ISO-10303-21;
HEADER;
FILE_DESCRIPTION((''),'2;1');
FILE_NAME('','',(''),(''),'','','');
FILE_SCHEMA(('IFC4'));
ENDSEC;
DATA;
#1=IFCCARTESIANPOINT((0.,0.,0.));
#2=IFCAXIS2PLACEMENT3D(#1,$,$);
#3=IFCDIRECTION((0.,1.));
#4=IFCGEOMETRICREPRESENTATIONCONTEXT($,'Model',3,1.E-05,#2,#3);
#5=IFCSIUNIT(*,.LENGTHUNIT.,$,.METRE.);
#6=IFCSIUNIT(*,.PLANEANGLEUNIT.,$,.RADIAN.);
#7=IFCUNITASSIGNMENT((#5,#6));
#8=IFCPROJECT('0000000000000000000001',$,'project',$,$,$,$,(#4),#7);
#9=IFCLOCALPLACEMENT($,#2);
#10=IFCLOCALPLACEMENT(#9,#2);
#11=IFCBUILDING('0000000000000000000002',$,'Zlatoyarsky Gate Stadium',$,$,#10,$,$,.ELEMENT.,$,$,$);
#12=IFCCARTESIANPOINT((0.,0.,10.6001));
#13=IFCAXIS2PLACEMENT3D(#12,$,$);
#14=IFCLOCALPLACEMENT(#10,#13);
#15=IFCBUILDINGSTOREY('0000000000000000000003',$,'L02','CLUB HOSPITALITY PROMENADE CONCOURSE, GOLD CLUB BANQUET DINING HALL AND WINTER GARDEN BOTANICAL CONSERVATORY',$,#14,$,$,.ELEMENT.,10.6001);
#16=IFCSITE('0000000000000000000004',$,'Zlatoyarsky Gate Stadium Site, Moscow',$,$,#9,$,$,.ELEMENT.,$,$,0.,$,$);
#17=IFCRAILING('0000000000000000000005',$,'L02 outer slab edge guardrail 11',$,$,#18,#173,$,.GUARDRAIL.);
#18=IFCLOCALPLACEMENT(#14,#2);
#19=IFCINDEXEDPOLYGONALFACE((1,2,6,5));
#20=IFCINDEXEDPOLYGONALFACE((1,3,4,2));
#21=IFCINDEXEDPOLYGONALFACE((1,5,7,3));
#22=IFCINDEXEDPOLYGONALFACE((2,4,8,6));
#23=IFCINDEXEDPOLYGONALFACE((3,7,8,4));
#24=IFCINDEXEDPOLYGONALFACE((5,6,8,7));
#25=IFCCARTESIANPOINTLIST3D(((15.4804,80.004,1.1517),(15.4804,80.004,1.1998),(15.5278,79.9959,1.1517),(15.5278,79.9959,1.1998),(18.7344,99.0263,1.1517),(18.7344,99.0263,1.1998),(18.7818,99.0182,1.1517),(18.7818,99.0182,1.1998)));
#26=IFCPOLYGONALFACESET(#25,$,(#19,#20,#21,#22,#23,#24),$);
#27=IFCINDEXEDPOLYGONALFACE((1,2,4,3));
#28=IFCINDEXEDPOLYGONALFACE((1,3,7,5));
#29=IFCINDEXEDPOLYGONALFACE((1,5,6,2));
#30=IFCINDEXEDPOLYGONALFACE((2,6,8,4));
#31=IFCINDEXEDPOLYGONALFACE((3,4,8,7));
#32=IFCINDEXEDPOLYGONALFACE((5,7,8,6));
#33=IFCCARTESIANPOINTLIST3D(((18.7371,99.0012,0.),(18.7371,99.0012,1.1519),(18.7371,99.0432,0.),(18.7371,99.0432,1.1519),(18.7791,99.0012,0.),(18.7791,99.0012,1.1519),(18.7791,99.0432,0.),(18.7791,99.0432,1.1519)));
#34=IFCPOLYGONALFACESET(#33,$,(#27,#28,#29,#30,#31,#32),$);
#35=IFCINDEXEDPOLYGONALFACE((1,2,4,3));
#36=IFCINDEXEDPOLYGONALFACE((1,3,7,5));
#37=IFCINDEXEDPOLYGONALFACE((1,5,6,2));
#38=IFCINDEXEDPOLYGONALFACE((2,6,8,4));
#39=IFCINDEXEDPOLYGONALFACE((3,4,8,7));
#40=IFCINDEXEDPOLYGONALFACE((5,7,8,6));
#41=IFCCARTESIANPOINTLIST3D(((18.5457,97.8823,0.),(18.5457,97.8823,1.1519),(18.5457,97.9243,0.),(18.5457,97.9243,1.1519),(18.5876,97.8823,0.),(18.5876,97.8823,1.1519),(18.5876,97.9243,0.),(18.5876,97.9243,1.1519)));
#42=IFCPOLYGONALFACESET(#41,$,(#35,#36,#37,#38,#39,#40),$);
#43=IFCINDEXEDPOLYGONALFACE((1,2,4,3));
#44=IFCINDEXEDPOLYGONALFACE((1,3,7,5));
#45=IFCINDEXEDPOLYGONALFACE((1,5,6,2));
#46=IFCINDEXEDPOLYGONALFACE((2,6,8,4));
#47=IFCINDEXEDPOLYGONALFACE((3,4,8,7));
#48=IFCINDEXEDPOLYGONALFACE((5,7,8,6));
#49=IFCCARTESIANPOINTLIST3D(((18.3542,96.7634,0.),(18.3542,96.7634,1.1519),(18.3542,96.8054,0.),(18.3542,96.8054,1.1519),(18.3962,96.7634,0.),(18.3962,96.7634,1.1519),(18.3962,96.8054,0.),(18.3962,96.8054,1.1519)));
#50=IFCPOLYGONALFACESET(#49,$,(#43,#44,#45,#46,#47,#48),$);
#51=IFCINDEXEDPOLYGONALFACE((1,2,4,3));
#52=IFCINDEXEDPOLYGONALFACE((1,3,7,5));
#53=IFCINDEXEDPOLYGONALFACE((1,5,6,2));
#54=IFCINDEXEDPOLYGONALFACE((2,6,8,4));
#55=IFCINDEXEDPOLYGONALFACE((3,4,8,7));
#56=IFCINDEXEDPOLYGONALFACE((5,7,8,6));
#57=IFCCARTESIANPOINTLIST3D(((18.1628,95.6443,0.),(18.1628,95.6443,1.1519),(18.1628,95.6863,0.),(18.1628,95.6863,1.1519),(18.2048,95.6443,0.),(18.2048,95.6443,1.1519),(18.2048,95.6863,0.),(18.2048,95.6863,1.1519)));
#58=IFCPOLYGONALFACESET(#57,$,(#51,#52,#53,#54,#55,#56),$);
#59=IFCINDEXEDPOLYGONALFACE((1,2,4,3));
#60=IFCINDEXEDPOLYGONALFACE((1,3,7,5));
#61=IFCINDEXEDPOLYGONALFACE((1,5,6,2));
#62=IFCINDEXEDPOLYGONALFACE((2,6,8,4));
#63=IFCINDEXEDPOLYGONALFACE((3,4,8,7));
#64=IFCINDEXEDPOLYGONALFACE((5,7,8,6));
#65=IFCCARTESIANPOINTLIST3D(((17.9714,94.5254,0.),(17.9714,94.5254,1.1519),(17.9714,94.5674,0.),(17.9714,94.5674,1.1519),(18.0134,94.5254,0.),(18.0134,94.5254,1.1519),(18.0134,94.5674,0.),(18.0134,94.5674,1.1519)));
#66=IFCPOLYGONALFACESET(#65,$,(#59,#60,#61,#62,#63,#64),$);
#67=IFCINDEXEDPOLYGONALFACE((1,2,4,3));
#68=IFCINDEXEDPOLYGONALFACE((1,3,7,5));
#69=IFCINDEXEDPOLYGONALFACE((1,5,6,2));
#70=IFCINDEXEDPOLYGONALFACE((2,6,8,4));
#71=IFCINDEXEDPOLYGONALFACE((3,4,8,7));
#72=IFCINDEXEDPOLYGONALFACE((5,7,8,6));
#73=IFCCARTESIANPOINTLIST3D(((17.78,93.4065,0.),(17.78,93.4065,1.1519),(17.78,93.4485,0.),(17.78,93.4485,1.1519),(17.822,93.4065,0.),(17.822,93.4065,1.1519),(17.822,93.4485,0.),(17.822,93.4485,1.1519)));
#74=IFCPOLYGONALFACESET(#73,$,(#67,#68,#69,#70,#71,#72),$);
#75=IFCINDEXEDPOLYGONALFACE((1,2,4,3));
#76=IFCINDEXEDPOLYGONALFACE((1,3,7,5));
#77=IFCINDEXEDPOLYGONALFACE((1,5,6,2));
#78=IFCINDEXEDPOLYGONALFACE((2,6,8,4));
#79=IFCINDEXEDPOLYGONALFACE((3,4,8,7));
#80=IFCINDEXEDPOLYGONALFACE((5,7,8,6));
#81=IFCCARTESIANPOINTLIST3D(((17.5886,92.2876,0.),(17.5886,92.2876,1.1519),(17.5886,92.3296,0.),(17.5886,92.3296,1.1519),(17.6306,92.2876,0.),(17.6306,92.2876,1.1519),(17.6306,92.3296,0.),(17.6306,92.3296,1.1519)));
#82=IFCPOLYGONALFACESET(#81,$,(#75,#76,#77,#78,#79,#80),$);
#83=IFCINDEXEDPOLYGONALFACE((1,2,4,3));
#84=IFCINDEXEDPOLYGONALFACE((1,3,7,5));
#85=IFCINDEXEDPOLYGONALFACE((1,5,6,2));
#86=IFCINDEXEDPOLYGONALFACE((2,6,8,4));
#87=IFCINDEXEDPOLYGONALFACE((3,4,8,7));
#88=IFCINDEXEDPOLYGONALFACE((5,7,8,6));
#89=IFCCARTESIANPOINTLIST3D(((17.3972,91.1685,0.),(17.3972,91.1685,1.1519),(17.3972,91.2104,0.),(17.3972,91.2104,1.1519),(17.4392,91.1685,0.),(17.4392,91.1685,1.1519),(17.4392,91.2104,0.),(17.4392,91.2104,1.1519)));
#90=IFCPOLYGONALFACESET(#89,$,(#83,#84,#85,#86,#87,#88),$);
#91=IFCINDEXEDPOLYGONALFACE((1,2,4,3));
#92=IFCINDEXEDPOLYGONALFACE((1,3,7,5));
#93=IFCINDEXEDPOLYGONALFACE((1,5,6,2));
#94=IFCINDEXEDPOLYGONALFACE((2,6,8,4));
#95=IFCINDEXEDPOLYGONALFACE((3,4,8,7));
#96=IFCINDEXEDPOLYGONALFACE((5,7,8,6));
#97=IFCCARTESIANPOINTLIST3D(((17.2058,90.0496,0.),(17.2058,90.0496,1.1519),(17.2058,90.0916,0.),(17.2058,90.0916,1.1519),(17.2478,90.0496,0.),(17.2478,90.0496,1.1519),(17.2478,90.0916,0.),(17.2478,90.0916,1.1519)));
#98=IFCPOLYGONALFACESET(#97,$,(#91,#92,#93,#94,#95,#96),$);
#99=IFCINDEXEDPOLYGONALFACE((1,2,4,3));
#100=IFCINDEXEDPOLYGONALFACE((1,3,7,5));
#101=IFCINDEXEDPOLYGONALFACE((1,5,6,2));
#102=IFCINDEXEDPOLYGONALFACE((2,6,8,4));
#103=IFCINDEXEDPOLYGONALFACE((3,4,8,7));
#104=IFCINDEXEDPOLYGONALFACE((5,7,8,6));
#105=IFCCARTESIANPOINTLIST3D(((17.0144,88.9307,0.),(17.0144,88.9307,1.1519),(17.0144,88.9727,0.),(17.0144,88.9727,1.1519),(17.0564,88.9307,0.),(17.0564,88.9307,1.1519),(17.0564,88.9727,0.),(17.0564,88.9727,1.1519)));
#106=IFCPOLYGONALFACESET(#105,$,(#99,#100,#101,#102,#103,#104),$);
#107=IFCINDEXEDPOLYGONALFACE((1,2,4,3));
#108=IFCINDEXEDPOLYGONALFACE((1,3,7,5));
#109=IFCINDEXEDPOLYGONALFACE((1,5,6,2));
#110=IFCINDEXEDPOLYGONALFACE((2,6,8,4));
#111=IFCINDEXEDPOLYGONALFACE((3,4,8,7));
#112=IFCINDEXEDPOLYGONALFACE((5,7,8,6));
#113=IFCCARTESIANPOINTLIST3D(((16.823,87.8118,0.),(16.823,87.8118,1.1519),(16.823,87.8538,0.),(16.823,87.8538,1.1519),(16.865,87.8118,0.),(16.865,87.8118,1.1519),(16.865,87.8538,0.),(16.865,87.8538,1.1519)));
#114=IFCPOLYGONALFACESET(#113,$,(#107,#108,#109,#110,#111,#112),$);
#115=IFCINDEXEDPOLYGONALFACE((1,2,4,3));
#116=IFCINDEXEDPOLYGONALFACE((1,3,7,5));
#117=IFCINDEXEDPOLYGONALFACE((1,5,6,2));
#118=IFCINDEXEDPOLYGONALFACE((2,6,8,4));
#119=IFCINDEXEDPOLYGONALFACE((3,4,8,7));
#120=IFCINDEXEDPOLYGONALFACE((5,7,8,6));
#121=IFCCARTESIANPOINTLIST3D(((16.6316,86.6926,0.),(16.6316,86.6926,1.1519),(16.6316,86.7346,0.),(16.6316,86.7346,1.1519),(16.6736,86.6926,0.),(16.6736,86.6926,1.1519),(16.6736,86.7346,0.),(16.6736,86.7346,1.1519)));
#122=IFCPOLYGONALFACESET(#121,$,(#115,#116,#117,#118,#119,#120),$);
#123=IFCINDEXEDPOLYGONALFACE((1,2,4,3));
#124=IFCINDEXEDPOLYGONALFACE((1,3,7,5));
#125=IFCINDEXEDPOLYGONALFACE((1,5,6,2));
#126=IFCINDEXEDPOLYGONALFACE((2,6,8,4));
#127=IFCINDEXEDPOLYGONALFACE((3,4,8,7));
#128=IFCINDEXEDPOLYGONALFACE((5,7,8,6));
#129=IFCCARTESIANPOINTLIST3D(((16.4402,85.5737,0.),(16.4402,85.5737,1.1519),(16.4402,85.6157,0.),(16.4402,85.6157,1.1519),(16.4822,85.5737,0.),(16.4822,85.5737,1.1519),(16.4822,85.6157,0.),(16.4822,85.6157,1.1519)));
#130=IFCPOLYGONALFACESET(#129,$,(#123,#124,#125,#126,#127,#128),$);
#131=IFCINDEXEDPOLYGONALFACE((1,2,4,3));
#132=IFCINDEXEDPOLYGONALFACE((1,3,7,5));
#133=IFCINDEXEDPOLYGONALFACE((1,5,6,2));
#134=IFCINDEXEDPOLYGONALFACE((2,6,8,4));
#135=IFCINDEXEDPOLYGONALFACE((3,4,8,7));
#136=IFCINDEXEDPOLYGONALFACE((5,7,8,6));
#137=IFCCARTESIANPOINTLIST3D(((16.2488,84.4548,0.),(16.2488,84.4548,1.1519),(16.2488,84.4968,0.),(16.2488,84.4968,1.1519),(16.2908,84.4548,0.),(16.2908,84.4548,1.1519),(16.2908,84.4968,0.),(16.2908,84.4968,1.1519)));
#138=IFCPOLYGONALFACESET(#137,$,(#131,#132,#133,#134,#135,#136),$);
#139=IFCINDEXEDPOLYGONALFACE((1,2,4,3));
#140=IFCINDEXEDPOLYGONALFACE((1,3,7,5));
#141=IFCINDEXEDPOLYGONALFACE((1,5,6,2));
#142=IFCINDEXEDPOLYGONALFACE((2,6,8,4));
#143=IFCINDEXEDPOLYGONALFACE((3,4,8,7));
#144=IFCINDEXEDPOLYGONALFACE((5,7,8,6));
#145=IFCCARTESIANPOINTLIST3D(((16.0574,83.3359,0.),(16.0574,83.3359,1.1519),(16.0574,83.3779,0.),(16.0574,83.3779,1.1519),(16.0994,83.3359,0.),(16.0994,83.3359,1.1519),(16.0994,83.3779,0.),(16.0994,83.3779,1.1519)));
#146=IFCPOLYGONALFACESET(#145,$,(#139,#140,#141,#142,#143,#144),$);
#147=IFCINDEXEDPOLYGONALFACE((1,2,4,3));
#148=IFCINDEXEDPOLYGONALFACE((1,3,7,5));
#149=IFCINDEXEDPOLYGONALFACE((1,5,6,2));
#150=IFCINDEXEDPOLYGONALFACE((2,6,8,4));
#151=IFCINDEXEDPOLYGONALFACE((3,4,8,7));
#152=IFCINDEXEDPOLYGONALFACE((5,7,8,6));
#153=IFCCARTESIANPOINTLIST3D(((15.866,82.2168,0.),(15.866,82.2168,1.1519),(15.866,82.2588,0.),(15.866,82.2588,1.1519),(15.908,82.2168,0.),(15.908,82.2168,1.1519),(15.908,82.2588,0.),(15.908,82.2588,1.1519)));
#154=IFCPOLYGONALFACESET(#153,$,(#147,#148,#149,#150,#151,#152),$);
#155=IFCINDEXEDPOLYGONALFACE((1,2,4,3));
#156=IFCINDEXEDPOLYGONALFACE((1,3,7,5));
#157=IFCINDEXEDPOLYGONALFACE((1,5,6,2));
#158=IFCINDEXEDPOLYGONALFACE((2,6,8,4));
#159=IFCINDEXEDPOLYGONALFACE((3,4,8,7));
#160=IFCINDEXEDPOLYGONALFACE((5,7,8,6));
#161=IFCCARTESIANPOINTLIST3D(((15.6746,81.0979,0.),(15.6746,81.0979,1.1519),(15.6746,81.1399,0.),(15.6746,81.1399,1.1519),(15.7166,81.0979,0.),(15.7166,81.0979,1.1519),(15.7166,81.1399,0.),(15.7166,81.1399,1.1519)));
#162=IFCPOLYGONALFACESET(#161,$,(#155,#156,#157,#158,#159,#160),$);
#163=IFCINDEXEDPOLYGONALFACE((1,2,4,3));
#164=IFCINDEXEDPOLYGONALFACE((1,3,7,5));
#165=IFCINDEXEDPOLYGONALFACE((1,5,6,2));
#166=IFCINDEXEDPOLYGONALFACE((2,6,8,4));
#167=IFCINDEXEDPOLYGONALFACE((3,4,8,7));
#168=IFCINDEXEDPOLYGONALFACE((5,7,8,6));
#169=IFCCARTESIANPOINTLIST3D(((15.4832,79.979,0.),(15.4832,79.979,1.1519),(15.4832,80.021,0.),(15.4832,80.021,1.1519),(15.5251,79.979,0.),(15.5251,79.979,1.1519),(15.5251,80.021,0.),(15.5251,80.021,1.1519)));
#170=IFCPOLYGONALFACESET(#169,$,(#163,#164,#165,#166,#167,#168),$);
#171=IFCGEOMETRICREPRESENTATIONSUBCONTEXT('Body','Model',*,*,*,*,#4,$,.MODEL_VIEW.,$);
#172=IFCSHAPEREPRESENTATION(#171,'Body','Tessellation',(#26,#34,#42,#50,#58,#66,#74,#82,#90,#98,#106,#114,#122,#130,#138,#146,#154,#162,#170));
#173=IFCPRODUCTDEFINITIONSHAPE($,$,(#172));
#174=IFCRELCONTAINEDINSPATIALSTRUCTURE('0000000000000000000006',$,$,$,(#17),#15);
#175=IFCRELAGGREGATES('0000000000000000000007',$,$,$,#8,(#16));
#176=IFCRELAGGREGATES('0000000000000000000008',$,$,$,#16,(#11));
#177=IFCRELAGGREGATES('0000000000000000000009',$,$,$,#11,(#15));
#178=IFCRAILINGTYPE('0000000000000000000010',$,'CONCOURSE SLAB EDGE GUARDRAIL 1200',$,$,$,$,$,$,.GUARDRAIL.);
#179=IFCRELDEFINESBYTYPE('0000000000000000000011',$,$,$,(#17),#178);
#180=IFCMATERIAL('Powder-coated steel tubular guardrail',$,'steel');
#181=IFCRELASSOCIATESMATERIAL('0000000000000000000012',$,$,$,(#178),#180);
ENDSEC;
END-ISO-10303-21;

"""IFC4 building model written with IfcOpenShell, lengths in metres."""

from ifc_helpers import new_model, si_unit, direction, frame, origin, origin_2d, place, context, subcontext, project, spatial, rectangle, extrude, material, type_object, element, save


model = new_model("IFC4")

# Units and contexts
model_context = context("Model", 3, precision=1e-05, world=origin(), true_north=direction((0.0, 1.0)))
body_context = subcontext(model_context, "Body", "Model", "MODEL_VIEW")
ifc_project = project(units=[si_unit("LENGTHUNIT", "METRE"), si_unit("PLANEANGLEUNIT", "RADIAN")], contexts=[model_context])

# Site, building, storey
site_placement = place(None, origin())
site = spatial("IfcSite", under=ifc_project, at=site_placement, Name="Zlatoyarsky Gate Stadium Site, Moscow", CompositionType="ELEMENT", RefElevation=0.0)
building_placement = place(site_placement, origin())
building = spatial("IfcBuilding", under=site, at=building_placement, Name="Zlatoyarsky Gate Stadium", CompositionType="ELEMENT")
storey_placement = place(building_placement, frame((0.0, 0.0, 10.6001)))
storey = spatial("IfcBuildingStorey", under=building, at=storey_placement, Name="L02", Description="CLUB HOSPITALITY PROMENADE CONCOURSE, GOLD CLUB BANQUET DINING HALL AND WINTER GARDEN BOTANICAL CONSERVATORY", CompositionType="ELEMENT", Elevation=10.6001)

# Railing
ifc_material_1 = material(Name="Powder-coated steel tubular guardrail", Category="steel")
railing_type = type_object("IfcRailingType", Name="CONCOURSE SLAB EDGE GUARDRAIL 1200", PredefinedType="GUARDRAIL", material=ifc_material_1)
railing_placement = place(storey_placement, frame((18.7581, 99.0222, 0.0)))
element("IfcRailing", 1, at=railing_placement, inside=storey, type_object=railing_type, Name="L02 outer slab edge guardrail 11", PredefinedType="GUARDRAIL", context=body_context, shape_type="SweptSolid", body=[
    extrude(rectangle(XDim=0.0481, YDim=0.0481, at=origin_2d()), frame((0.0, 0.0, 1.1758), z_axis=(-0.168609, -0.985683, 0.0), x_axis=(0.985683, -0.168609, 0.0)), (0.0, 0.0, 1.0), 19.2986),
    extrude(rectangle(XDim=0.042, YDim=0.042, at=origin_2d()), origin(), (0.0, 0.0, 1.0), 1.1519),
    extrude(rectangle(XDim=0.042, YDim=0.042, at=origin_2d()), frame((-0.1914, -1.1189, 0.0)), (0.0, 0.0, 1.0), 1.1519),
    extrude(rectangle(XDim=0.042, YDim=0.042, at=origin_2d()), frame((-0.3828, -2.2378, 0.0)), (0.0, 0.0, 1.0), 1.1519),
    extrude(rectangle(XDim=0.042, YDim=0.042, at=origin_2d()), frame((-0.5742, -3.3569, 0.0)), (0.0, 0.0, 1.0), 1.1519),
    extrude(rectangle(XDim=0.042, YDim=0.042, at=origin_2d()), frame((-0.7656, -4.4758, 0.0)), (0.0, 0.0, 1.0), 1.1519),
    extrude(rectangle(XDim=0.042, YDim=0.042, at=origin_2d()), frame((-0.957, -5.5947, 0.0)), (0.0, 0.0, 1.0), 1.1519),
    extrude(rectangle(XDim=0.042, YDim=0.042, at=origin_2d()), frame((-1.1484, -6.7136, 0.0)), (0.0, 0.0, 1.0), 1.1519),
    extrude(rectangle(XDim=0.042, YDim=0.042, at=origin_2d()), frame((-1.3398, -7.8328, 0.0)), (0.0, 0.0, 1.0), 1.1519),
    extrude(rectangle(XDim=0.042, YDim=0.042, at=origin_2d()), frame((-1.5312, -8.9517, 0.0)), (0.0, 0.0, 1.0), 1.1519),
    extrude(rectangle(XDim=0.042, YDim=0.042, at=origin_2d()), frame((-1.7227, -10.0706, 0.0)), (0.0, 0.0, 1.0), 1.1519),
    extrude(rectangle(XDim=0.042, YDim=0.042, at=origin_2d()), frame((-1.9141, -11.1895, 0.0)), (0.0, 0.0, 1.0), 1.1519),
    extrude(rectangle(XDim=0.042, YDim=0.042, at=origin_2d()), frame((-2.1055, -12.3086, 0.0)), (0.0, 0.0, 1.0), 1.1519),
    extrude(rectangle(XDim=0.042, YDim=0.042, at=origin_2d()), frame((-2.2969, -13.4275, 0.0)), (0.0, 0.0, 1.0), 1.1519),
    extrude(rectangle(XDim=0.042, YDim=0.042, at=origin_2d()), frame((-2.4883, -14.5464, 0.0)), (0.0, 0.0, 1.0), 1.1519),
    extrude(rectangle(XDim=0.042, YDim=0.042, at=origin_2d()), frame((-2.6797, -15.6653, 0.0)), (0.0, 0.0, 1.0), 1.1519),
    extrude(rectangle(XDim=0.042, YDim=0.042, at=origin_2d()), frame((-2.8711, -16.7844, 0.0)), (0.0, 0.0, 1.0), 1.1519),
    extrude(rectangle(XDim=0.042, YDim=0.042, at=origin_2d()), frame((-3.0625, -17.9033, 0.0)), (0.0, 0.0, 1.0), 1.1519),
    extrude(rectangle(XDim=0.042, YDim=0.042, at=origin_2d()), frame((-3.2539, -19.0222, 0.0)), (0.0, 0.0, 1.0), 1.1519),
])

save(model, "model.ifc")
